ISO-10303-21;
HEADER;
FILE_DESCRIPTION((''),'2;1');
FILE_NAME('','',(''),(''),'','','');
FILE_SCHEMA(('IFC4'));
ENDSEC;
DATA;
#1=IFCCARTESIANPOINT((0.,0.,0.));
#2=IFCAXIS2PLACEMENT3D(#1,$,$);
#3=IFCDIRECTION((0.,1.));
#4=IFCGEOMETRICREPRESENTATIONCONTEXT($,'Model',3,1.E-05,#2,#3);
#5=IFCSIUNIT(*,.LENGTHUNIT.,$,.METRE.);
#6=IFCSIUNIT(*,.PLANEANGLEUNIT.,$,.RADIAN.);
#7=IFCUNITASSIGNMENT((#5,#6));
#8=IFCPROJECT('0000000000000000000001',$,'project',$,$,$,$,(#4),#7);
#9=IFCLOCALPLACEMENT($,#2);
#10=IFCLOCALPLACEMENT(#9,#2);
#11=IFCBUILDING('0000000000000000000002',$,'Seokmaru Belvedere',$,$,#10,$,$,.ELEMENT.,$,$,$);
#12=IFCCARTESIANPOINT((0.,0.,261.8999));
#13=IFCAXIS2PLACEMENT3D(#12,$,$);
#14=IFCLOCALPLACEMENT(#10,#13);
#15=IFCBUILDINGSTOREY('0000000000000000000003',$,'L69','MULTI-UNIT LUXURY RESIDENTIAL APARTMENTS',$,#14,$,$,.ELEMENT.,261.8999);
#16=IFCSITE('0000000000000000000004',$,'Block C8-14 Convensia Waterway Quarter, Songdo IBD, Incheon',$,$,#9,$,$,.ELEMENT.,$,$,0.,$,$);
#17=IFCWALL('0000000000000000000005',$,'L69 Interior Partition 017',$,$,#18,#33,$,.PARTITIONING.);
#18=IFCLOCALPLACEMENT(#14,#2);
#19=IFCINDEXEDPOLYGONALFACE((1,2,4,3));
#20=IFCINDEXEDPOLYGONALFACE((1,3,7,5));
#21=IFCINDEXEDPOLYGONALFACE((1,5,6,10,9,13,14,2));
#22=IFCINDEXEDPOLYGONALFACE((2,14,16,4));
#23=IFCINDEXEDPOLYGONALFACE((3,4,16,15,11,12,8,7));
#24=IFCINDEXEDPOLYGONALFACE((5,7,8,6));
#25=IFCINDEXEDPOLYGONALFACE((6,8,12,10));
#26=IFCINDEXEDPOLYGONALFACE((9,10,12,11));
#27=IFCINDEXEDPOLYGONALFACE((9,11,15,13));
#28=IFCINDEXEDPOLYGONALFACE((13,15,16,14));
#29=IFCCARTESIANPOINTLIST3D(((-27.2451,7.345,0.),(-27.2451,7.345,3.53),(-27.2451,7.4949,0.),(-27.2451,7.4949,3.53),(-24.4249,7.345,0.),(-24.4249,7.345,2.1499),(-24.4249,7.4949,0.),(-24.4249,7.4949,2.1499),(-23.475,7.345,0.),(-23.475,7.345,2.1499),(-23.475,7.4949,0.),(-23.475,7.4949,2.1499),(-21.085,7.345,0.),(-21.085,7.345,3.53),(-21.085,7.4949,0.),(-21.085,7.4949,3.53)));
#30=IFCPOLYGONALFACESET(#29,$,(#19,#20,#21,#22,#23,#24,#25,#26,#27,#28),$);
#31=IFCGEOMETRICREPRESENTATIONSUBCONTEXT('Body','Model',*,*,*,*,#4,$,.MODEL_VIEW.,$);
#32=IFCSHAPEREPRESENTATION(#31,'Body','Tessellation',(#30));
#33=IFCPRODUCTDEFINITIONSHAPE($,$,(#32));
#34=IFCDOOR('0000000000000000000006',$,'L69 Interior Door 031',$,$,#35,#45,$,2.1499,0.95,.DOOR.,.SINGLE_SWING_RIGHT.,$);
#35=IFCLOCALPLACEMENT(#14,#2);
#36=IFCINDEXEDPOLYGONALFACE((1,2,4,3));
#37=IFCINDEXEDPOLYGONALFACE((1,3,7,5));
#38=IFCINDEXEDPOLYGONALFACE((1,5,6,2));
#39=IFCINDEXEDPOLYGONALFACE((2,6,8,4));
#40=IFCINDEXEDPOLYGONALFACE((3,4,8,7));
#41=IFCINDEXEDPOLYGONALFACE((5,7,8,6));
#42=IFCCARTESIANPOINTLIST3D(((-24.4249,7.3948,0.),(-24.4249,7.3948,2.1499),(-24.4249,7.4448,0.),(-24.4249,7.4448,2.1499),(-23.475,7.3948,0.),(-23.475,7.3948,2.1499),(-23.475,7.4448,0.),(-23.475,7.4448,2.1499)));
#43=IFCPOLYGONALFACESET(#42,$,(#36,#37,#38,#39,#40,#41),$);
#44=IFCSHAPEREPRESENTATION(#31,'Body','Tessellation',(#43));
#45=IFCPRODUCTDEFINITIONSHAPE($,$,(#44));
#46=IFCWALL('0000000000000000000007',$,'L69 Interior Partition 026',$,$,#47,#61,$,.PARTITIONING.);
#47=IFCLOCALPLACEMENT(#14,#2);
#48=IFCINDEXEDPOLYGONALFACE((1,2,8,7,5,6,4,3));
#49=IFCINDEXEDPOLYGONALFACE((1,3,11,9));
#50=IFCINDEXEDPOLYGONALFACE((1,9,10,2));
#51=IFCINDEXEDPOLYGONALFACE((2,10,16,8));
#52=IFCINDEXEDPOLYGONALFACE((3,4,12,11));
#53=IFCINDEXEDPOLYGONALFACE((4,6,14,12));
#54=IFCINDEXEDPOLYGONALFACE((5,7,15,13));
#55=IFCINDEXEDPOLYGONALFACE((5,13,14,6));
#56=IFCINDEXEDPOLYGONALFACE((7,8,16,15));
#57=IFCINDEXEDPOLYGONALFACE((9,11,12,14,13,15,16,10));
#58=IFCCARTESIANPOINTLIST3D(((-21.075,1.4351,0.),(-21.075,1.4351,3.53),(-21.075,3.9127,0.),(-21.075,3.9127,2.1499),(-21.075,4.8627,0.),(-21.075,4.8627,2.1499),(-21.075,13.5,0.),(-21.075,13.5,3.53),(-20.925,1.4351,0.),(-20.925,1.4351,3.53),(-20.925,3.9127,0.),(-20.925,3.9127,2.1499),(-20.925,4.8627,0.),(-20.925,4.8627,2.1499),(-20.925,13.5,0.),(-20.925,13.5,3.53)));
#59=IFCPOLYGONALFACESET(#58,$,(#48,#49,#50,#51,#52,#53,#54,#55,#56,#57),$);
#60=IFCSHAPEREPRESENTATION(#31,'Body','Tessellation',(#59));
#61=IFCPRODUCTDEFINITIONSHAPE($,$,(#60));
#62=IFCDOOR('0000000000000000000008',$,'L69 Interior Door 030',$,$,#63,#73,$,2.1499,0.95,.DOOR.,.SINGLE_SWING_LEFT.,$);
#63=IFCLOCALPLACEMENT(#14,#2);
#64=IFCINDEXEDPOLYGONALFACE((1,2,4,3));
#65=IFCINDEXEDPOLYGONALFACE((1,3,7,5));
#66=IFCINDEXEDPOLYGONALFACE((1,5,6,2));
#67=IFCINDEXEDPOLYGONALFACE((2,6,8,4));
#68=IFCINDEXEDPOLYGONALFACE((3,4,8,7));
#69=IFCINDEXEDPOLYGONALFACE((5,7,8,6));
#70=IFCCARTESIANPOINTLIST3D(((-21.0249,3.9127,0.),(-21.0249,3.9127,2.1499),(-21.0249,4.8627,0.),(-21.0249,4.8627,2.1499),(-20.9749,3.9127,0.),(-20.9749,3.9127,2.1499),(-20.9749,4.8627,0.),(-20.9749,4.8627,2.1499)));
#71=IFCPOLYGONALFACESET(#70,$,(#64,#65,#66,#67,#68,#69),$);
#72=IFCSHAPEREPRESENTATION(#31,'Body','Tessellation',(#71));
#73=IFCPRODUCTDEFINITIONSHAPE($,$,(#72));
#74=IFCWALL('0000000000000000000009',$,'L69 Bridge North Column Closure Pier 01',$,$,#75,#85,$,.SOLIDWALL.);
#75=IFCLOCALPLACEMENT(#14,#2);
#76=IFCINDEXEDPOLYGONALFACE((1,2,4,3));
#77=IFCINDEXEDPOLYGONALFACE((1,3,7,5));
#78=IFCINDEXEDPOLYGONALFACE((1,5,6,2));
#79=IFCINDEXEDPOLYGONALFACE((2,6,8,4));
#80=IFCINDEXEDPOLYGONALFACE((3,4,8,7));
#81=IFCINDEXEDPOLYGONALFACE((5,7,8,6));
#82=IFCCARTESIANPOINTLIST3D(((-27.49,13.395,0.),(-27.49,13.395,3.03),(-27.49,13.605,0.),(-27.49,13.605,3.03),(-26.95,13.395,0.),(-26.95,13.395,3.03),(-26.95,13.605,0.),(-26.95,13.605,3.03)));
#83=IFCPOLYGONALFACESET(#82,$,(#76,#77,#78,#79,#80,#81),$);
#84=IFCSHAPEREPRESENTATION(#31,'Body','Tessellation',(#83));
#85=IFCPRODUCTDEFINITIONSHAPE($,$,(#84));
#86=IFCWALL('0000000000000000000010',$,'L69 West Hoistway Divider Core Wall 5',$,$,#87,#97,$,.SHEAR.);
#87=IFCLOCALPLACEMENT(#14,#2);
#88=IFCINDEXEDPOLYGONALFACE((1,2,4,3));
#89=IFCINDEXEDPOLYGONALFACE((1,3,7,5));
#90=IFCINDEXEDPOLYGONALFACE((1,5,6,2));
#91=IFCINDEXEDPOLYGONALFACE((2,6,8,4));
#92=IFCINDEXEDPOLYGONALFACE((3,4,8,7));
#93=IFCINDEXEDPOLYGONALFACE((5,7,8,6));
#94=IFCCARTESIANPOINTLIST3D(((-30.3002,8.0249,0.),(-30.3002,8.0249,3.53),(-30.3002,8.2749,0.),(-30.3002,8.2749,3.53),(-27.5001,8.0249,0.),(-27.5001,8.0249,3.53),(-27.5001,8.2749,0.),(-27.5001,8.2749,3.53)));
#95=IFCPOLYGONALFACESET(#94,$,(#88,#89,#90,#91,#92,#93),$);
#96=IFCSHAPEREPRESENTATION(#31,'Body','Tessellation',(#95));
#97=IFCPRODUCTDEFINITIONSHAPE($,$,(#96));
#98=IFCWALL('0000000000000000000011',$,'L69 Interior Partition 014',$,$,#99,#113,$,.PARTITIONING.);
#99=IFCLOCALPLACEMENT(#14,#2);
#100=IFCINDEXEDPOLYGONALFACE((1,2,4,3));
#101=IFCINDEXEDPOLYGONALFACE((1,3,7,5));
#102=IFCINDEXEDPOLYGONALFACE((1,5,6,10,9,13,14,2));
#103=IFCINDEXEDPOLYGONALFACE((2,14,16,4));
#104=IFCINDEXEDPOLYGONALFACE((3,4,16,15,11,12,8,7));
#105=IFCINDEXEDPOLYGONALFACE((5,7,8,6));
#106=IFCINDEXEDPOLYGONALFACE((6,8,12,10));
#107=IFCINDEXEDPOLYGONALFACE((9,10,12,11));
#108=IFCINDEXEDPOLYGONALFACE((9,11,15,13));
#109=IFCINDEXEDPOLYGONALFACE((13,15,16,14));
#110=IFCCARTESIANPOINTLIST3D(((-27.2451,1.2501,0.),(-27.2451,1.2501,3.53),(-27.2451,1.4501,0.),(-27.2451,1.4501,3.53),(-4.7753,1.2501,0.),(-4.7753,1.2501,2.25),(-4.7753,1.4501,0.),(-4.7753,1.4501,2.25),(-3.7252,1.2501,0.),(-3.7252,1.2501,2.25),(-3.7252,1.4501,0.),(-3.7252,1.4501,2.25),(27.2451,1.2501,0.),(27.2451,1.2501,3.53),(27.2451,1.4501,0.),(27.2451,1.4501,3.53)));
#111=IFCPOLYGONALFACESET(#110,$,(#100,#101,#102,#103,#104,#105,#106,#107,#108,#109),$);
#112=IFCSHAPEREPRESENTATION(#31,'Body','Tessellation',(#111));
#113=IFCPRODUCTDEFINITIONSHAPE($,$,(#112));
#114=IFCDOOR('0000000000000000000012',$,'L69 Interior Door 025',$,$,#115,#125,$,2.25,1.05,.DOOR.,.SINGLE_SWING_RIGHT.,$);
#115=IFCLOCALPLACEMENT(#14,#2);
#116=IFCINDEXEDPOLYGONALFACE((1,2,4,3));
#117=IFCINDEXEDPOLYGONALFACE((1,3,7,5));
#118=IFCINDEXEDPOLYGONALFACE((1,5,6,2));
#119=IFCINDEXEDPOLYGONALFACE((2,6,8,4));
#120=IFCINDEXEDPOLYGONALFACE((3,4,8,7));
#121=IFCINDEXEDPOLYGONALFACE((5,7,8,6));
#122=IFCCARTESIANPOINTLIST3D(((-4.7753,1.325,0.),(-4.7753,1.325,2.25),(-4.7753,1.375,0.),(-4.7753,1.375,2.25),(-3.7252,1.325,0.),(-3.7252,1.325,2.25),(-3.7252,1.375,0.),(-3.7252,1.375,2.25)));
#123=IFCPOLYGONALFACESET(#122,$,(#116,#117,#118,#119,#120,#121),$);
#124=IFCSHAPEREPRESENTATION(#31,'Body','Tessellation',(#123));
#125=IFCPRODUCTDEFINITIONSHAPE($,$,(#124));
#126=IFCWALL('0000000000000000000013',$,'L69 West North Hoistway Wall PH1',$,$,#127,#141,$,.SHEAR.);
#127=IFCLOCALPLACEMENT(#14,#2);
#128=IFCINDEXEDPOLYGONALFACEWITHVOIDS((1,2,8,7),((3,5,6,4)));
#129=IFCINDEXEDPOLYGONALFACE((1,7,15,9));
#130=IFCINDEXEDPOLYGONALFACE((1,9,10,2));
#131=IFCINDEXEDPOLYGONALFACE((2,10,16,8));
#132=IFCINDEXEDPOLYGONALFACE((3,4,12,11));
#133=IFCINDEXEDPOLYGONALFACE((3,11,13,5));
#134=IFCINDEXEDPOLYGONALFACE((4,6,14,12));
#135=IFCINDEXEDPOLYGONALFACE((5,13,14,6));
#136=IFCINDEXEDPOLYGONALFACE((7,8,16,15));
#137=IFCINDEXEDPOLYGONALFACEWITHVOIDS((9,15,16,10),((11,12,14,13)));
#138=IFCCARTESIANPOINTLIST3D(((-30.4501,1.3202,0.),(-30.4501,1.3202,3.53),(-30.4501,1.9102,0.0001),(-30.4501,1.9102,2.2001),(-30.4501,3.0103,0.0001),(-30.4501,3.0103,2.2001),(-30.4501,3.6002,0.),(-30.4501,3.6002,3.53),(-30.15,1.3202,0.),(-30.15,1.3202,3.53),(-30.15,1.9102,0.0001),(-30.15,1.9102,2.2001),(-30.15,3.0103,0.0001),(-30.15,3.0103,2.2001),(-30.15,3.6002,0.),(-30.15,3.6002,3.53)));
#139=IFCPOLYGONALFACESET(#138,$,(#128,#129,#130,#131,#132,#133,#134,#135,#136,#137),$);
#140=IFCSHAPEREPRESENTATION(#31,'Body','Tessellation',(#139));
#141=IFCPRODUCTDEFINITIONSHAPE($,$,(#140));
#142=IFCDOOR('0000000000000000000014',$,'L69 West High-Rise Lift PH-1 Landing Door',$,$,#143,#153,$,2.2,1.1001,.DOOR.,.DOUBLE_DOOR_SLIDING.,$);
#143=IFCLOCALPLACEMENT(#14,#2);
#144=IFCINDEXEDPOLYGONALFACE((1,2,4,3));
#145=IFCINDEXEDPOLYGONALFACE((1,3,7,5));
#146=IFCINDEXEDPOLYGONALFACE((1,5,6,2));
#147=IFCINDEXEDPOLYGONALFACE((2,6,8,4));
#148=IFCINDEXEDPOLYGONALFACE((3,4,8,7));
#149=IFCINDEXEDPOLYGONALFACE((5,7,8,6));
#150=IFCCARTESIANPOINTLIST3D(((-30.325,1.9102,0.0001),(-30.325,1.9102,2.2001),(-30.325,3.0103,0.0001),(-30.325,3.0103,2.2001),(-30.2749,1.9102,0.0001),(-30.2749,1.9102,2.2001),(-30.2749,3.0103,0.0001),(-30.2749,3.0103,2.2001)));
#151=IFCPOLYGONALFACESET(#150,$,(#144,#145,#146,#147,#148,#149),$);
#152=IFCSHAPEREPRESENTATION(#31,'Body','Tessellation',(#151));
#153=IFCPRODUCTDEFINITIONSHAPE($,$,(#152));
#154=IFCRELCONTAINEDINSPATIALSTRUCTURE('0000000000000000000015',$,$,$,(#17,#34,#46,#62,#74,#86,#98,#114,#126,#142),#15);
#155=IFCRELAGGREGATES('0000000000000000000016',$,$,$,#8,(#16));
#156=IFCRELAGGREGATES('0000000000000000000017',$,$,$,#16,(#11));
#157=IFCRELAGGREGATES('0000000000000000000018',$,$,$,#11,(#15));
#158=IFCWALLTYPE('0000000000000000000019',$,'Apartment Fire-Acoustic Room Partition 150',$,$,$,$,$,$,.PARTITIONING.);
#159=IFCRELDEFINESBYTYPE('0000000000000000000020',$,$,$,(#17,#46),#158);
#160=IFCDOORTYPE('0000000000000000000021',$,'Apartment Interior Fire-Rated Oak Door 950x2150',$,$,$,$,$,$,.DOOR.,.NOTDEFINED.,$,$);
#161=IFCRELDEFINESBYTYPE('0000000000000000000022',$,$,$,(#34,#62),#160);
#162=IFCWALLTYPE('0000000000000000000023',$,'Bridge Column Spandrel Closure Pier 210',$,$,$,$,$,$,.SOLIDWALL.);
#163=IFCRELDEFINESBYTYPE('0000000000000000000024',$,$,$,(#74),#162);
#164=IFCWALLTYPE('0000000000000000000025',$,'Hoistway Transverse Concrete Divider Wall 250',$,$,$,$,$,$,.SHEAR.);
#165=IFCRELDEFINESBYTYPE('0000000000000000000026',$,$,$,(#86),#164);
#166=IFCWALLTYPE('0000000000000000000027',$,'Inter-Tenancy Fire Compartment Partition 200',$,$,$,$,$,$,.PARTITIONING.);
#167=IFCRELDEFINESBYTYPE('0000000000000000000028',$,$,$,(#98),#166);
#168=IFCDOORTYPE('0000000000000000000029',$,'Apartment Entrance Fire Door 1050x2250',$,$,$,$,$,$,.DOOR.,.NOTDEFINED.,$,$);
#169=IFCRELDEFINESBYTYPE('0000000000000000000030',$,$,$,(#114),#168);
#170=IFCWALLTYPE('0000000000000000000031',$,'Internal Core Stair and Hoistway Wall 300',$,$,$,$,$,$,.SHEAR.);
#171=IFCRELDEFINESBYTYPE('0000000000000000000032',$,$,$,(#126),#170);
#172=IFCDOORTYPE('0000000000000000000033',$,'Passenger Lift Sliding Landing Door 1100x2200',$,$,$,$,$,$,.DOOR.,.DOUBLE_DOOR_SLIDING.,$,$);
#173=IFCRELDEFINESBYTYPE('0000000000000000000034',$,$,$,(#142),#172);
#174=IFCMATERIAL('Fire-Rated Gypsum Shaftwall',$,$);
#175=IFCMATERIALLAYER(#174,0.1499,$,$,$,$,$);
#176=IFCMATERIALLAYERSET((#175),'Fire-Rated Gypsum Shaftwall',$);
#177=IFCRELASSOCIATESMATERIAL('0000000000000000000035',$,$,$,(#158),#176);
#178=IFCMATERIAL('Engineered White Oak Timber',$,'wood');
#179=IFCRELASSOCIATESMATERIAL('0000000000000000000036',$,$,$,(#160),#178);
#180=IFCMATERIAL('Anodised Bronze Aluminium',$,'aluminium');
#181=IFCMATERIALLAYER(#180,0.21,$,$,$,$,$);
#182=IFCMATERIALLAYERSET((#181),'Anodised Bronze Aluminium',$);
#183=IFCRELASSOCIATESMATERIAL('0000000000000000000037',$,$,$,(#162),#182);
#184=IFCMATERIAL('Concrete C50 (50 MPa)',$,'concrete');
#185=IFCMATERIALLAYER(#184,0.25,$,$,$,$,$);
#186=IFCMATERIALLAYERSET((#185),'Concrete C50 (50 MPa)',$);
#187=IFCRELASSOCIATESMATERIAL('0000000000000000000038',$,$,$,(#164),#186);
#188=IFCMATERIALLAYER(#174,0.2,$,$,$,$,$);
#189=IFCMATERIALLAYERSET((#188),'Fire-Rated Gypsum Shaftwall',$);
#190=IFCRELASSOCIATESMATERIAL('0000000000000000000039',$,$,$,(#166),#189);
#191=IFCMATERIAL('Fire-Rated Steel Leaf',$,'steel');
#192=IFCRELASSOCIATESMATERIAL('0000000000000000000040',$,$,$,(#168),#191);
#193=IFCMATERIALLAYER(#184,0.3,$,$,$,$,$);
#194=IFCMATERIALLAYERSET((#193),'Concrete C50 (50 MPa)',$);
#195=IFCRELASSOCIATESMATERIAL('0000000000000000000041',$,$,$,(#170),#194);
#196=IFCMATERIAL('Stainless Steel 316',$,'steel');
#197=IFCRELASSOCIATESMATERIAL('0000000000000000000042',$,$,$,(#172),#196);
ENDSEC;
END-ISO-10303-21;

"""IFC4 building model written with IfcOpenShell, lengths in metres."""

from ifc_helpers import new_model, si_unit, direction, frame, frame_2d, origin, place, context, subcontext, project, spatial, rectangle, extrude, source, transform, mapped, material, layer, layer_set, type_object, type_shapes, element, fill, save


model = new_model("IFC4")

# Units and contexts
model_context = context("Model", 3, precision=1e-05, world=origin(), true_north=direction((0.0, 1.0)))
body_context = subcontext(model_context, "Body", "Model", "MODEL_VIEW")
ifc_project = project(units=[si_unit("LENGTHUNIT", "METRE"), si_unit("PLANEANGLEUNIT", "RADIAN")], contexts=[model_context])

# Site, building, storey
site_placement = place(None, origin())
site = spatial("IfcSite", under=ifc_project, at=site_placement, Name="Block C8-14 Convensia Waterway Quarter, Songdo IBD, Incheon", CompositionType="ELEMENT", RefElevation=0.0)
building_placement = place(site_placement, origin())
building = spatial("IfcBuilding", under=site, at=building_placement, Name="Seokmaru Belvedere", CompositionType="ELEMENT")
storey_placement = place(building_placement, frame((0.0, 0.0, 261.8999)))
storey = spatial("IfcBuildingStorey", under=building, at=storey_placement, Name="L69", Description="MULTI-UNIT LUXURY RESIDENTIAL APARTMENTS", CompositionType="ELEMENT", Elevation=261.8999)

# Shared definitions
ifc_material_1 = material(Name="Anodised Bronze Aluminium", Category="aluminium")

# Walls, openings, doors
ifc_material_2 = material(Name="Fire-Rated Gypsum Shaftwall")
ifc_layer_1 = layer(ifc_material_2, 0.1499)
ifc_layer_set_1 = layer_set([ifc_layer_1], Name="Fire-Rated Gypsum Shaftwall")
wall_type_1 = type_object("IfcWallType", Name="Apartment Fire-Acoustic Room Partition 150", PredefinedType="PARTITIONING", material=ifc_layer_set_1)
wall_1_placement = place(storey_placement, frame((-27.2451, 7.4199, 0.0), z_axis=(0.0, 0.0, 1.0), x_axis=(1.0, 0.0, 0.0)))
wall_1 = element("IfcWall", 1, at=wall_1_placement, inside=storey, type_object=wall_type_1, Name="L69 Interior Partition 017", PredefinedType="PARTITIONING", context=body_context, shape_type="SweptSolid", body=[
    extrude(rectangle(XDim=6.1602, YDim=0.1499, at=frame_2d((3.0801, 0.0))), origin(), (0.0, 0.0, 1.0), 3.53),
])
opening_1_placement = place(wall_1_placement, frame((2.8201, 0.0, 0.0)))
opening_1 = element("IfcOpeningElement", 2, at=opening_1_placement, cuts=wall_1, PredefinedType="OPENING", context=body_context, shape_type="SweptSolid", body=[
    extrude(rectangle(XDim=0.95, YDim=2.1499, at=frame_2d((0.4751, 1.075))), frame((0.0, 0.085, 0.0), z_axis=(0.0, -1.0, 0.0), x_axis=(1.0, 0.0, 0.0)), (0.0, 0.0, 1.0), 0.1699),
])
ifc_material_3 = material(Name="Engineered White Oak Timber", Category="wood")
door_type_1 = type_object("IfcDoorType", Name="Apartment Interior Fire-Rated Oak Door 950x2150", OperationType="NOTDEFINED", PredefinedType="DOOR", material=ifc_material_3)
shared_shape_1 = source(origin(), body_context, "Body", "SweptSolid", [
    extrude(rectangle(XDim=0.95, YDim=2.1499, at=frame_2d((0.4751, 1.075))), frame((0.0, 0.0249, 0.0), z_axis=(0.0, -1.0, 0.0), x_axis=(1.0, 0.0, 0.0)), (0.0, 0.0, 1.0), 0.05),
])
type_shapes(door_type_1, [shared_shape_1])
door_1_placement = place(opening_1_placement, origin())
door_1 = element("IfcDoor", 3, at=door_1_placement, inside=storey, type_object=door_type_1, Name="L69 Interior Door 031", OperationType="SINGLE_SWING_RIGHT", OverallHeight=2.1499, OverallWidth=0.95, PredefinedType="DOOR", context=body_context, shape_type="MappedRepresentation", body=[
    mapped(shared_shape_1, transform((0.0, 0.0, 0.0), scale=1.0)),
])
fill(opening_1, door_1)
wall_2_placement = place(storey_placement, frame((-21.0, 1.4351, 0.0), z_axis=(0.0, 0.0, 1.0), x_axis=(0.0, 1.0, 0.0)))
wall_2 = element("IfcWall", 4, at=wall_2_placement, inside=storey, type_object=wall_type_1, Name="L69 Interior Partition 026", PredefinedType="PARTITIONING", context=body_context, shape_type="SweptSolid", body=[
    extrude(rectangle(XDim=12.0649, YDim=0.1499, at=frame_2d((6.0325, 0.0))), origin(), (0.0, 0.0, 1.0), 3.53),
])
opening_2_placement = place(wall_2_placement, frame((2.4775, 0.0, 0.0)))
opening_2 = element("IfcOpeningElement", 5, at=opening_2_placement, cuts=wall_2, PredefinedType="OPENING", context=body_context, shape_type="SweptSolid", body=[
    extrude(rectangle(XDim=0.95, YDim=2.1499, at=frame_2d((0.4751, 1.075))), frame((0.0, 0.085, 0.0), z_axis=(0.0, -1.0, 0.0), x_axis=(1.0, 0.0, 0.0)), (0.0, 0.0, 1.0), 0.1699),
])
door_2_placement = place(opening_2_placement, origin())
door_2 = element("IfcDoor", 6, at=door_2_placement, inside=storey, type_object=door_type_1, Name="L69 Interior Door 030", OperationType="SINGLE_SWING_LEFT", OverallHeight=2.1499, OverallWidth=0.95, PredefinedType="DOOR", context=body_context, shape_type="MappedRepresentation", body=[
    mapped(shared_shape_1, transform((0.0, 0.0, 0.0), scale=1.0)),
])
fill(opening_2, door_2)

# Walls
ifc_layer_2 = layer(ifc_material_1, 0.21)
ifc_layer_set_2 = layer_set([ifc_layer_2], Name="Anodised Bronze Aluminium")
wall_type_2 = type_object("IfcWallType", Name="Bridge Column Spandrel Closure Pier 210", PredefinedType="SOLIDWALL", material=ifc_layer_set_2)
wall_3_placement = place(storey_placement, frame((-27.49, 13.5, 0.0), z_axis=(0.0, 0.0, 1.0), x_axis=(1.0, 0.0, 0.0)))
element("IfcWall", 7, at=wall_3_placement, inside=storey, type_object=wall_type_2, Name="L69 Bridge North Column Closure Pier 01", PredefinedType="SOLIDWALL", context=body_context, shape_type="SweptSolid", body=[
    extrude(rectangle(XDim=0.54, YDim=0.21, at=frame_2d((0.27, 0.0))), origin(), (0.0, 0.0, 1.0), 3.03),
])
ifc_material_4 = material(Name="Concrete C50 (50 MPa)", Category="concrete")
ifc_layer_3 = layer(ifc_material_4, 0.25)
ifc_layer_set_3 = layer_set([ifc_layer_3], Name="Concrete C50 (50 MPa)")
wall_type_3 = type_object("IfcWallType", Name="Hoistway Transverse Concrete Divider Wall 250", PredefinedType="SHEAR", material=ifc_layer_set_3)
wall_4_placement = place(storey_placement, frame((-30.3, 8.1499, 0.0), z_axis=(0.0, 0.0, 1.0), x_axis=(1.0, 0.0, 0.0)))
element("IfcWall", 8, at=wall_4_placement, inside=storey, type_object=wall_type_3, Name="L69 West Hoistway Divider Core Wall 5", PredefinedType="SHEAR", context=body_context, shape_type="SweptSolid", body=[
    extrude(rectangle(XDim=2.8, YDim=0.25, at=frame_2d((1.3999, 0.0))), origin(), (0.0, 0.0, 1.0), 3.53),
])

# Walls, openings, doors
ifc_layer_4 = layer(ifc_material_2, 0.2)
ifc_layer_set_4 = layer_set([ifc_layer_4], Name="Fire-Rated Gypsum Shaftwall")
wall_type_4 = type_object("IfcWallType", Name="Inter-Tenancy Fire Compartment Partition 200", PredefinedType="PARTITIONING", material=ifc_layer_set_4)
wall_5_placement = place(storey_placement, frame((-27.2451, 1.3501, 0.0), z_axis=(0.0, 0.0, 1.0), x_axis=(1.0, 0.0, 0.0)))
wall_5 = element("IfcWall", 9, at=wall_5_placement, inside=storey, type_object=wall_type_4, Name="L69 Interior Partition 014", PredefinedType="PARTITIONING", context=body_context, shape_type="SweptSolid", body=[
    extrude(rectangle(XDim=54.4902, YDim=0.2, at=frame_2d((27.2451, 0.0))), origin(), (0.0, 0.0, 1.0), 3.53),
])
opening_3_placement = place(wall_5_placement, frame((22.47, 0.0, 0.0)))
opening_3 = element("IfcOpeningElement", 10, at=opening_3_placement, cuts=wall_5, PredefinedType="OPENING", context=body_context, shape_type="SweptSolid", body=[
    extrude(rectangle(XDim=1.05, YDim=2.25, at=frame_2d((0.5249, 1.125))), frame((0.0, 0.1099, 0.0), z_axis=(0.0, -1.0, 0.0), x_axis=(1.0, 0.0, 0.0)), (0.0, 0.0, 1.0), 0.22),
])
ifc_material_5 = material(Name="Fire-Rated Steel Leaf", Category="steel")
door_type_2 = type_object("IfcDoorType", Name="Apartment Entrance Fire Door 1050x2250", OperationType="NOTDEFINED", PredefinedType="DOOR", material=ifc_material_5)
shared_shape_2 = source(origin(), body_context, "Body", "SweptSolid", [
    extrude(rectangle(XDim=1.05, YDim=2.25, at=frame_2d((0.5249, 1.125))), frame((0.0, 0.0249, 0.0), z_axis=(0.0, -1.0, 0.0), x_axis=(1.0, 0.0, 0.0)), (0.0, 0.0, 1.0), 0.05),
])
type_shapes(door_type_2, [shared_shape_2])
door_3_placement = place(opening_3_placement, origin())
door_3 = element("IfcDoor", 11, at=door_3_placement, inside=storey, type_object=door_type_2, Name="L69 Interior Door 025", OperationType="SINGLE_SWING_RIGHT", OverallHeight=2.25, OverallWidth=1.05, PredefinedType="DOOR", context=body_context, shape_type="MappedRepresentation", body=[
    mapped(shared_shape_2, transform((0.0, 0.0, 0.0), scale=1.0)),
])
fill(opening_3, door_3)
ifc_layer_5 = layer(ifc_material_4, 0.3)
ifc_layer_set_5 = layer_set([ifc_layer_5], Name="Concrete C50 (50 MPa)")
wall_type_5 = type_object("IfcWallType", Name="Internal Core Stair and Hoistway Wall 300", PredefinedType="SHEAR", material=ifc_layer_set_5)
wall_6_placement = place(storey_placement, frame((-30.3, 1.3201, 0.0), z_axis=(0.0, 0.0, 1.0), x_axis=(0.0, 1.0, 0.0)))
wall_6 = element("IfcWall", 12, at=wall_6_placement, inside=storey, type_object=wall_type_5, Name="L69 West North Hoistway Wall PH1", PredefinedType="SHEAR", context=body_context, shape_type="SweptSolid", body=[
    extrude(rectangle(XDim=2.28, YDim=0.3, at=frame_2d((1.1401, 0.0))), origin(), (0.0, 0.0, 1.0), 3.53),
])
opening_4_placement = place(wall_6_placement, frame((0.5901, 0.0, 0.0)))
opening_4 = element("IfcOpeningElement", 13, at=opening_4_placement, cuts=wall_6, PredefinedType="OPENING", context=body_context, shape_type="SweptSolid", body=[
    extrude(rectangle(XDim=1.1001, YDim=2.2, at=frame_2d((0.55, 1.1001))), frame((0.0, 0.1602, 0.0), z_axis=(0.0, -1.0, 0.0), x_axis=(1.0, 0.0, 0.0)), (0.0, 0.0, 1.0), 0.3201),
])
ifc_material_6 = material(Name="Stainless Steel 316", Category="steel")
door_type_3 = type_object("IfcDoorType", Name="Passenger Lift Sliding Landing Door 1100x2200", OperationType="DOUBLE_DOOR_SLIDING", PredefinedType="DOOR", material=ifc_material_6)
shared_shape_3 = source(origin(), body_context, "Body", "SweptSolid", [
    extrude(rectangle(XDim=1.1001, YDim=2.2, at=frame_2d((0.55, 1.1001))), frame((0.0, 0.0249, 0.0), z_axis=(0.0, -1.0, 0.0), x_axis=(1.0, 0.0, 0.0)), (0.0, 0.0, 1.0), 0.05),
])
type_shapes(door_type_3, [shared_shape_3])
door_4_placement = place(opening_4_placement, origin())
door_4 = element("IfcDoor", 14, at=door_4_placement, inside=storey, type_object=door_type_3, Name="L69 West High-Rise Lift PH-1 Landing Door", OperationType="DOUBLE_DOOR_SLIDING", OverallHeight=2.2, OverallWidth=1.1001, PredefinedType="DOOR", context=body_context, shape_type="MappedRepresentation", body=[
    mapped(shared_shape_3, transform((0.0, 0.0, 0.0), scale=1.0)),
])
fill(opening_4, door_4)

save(model, "model.ifc")
